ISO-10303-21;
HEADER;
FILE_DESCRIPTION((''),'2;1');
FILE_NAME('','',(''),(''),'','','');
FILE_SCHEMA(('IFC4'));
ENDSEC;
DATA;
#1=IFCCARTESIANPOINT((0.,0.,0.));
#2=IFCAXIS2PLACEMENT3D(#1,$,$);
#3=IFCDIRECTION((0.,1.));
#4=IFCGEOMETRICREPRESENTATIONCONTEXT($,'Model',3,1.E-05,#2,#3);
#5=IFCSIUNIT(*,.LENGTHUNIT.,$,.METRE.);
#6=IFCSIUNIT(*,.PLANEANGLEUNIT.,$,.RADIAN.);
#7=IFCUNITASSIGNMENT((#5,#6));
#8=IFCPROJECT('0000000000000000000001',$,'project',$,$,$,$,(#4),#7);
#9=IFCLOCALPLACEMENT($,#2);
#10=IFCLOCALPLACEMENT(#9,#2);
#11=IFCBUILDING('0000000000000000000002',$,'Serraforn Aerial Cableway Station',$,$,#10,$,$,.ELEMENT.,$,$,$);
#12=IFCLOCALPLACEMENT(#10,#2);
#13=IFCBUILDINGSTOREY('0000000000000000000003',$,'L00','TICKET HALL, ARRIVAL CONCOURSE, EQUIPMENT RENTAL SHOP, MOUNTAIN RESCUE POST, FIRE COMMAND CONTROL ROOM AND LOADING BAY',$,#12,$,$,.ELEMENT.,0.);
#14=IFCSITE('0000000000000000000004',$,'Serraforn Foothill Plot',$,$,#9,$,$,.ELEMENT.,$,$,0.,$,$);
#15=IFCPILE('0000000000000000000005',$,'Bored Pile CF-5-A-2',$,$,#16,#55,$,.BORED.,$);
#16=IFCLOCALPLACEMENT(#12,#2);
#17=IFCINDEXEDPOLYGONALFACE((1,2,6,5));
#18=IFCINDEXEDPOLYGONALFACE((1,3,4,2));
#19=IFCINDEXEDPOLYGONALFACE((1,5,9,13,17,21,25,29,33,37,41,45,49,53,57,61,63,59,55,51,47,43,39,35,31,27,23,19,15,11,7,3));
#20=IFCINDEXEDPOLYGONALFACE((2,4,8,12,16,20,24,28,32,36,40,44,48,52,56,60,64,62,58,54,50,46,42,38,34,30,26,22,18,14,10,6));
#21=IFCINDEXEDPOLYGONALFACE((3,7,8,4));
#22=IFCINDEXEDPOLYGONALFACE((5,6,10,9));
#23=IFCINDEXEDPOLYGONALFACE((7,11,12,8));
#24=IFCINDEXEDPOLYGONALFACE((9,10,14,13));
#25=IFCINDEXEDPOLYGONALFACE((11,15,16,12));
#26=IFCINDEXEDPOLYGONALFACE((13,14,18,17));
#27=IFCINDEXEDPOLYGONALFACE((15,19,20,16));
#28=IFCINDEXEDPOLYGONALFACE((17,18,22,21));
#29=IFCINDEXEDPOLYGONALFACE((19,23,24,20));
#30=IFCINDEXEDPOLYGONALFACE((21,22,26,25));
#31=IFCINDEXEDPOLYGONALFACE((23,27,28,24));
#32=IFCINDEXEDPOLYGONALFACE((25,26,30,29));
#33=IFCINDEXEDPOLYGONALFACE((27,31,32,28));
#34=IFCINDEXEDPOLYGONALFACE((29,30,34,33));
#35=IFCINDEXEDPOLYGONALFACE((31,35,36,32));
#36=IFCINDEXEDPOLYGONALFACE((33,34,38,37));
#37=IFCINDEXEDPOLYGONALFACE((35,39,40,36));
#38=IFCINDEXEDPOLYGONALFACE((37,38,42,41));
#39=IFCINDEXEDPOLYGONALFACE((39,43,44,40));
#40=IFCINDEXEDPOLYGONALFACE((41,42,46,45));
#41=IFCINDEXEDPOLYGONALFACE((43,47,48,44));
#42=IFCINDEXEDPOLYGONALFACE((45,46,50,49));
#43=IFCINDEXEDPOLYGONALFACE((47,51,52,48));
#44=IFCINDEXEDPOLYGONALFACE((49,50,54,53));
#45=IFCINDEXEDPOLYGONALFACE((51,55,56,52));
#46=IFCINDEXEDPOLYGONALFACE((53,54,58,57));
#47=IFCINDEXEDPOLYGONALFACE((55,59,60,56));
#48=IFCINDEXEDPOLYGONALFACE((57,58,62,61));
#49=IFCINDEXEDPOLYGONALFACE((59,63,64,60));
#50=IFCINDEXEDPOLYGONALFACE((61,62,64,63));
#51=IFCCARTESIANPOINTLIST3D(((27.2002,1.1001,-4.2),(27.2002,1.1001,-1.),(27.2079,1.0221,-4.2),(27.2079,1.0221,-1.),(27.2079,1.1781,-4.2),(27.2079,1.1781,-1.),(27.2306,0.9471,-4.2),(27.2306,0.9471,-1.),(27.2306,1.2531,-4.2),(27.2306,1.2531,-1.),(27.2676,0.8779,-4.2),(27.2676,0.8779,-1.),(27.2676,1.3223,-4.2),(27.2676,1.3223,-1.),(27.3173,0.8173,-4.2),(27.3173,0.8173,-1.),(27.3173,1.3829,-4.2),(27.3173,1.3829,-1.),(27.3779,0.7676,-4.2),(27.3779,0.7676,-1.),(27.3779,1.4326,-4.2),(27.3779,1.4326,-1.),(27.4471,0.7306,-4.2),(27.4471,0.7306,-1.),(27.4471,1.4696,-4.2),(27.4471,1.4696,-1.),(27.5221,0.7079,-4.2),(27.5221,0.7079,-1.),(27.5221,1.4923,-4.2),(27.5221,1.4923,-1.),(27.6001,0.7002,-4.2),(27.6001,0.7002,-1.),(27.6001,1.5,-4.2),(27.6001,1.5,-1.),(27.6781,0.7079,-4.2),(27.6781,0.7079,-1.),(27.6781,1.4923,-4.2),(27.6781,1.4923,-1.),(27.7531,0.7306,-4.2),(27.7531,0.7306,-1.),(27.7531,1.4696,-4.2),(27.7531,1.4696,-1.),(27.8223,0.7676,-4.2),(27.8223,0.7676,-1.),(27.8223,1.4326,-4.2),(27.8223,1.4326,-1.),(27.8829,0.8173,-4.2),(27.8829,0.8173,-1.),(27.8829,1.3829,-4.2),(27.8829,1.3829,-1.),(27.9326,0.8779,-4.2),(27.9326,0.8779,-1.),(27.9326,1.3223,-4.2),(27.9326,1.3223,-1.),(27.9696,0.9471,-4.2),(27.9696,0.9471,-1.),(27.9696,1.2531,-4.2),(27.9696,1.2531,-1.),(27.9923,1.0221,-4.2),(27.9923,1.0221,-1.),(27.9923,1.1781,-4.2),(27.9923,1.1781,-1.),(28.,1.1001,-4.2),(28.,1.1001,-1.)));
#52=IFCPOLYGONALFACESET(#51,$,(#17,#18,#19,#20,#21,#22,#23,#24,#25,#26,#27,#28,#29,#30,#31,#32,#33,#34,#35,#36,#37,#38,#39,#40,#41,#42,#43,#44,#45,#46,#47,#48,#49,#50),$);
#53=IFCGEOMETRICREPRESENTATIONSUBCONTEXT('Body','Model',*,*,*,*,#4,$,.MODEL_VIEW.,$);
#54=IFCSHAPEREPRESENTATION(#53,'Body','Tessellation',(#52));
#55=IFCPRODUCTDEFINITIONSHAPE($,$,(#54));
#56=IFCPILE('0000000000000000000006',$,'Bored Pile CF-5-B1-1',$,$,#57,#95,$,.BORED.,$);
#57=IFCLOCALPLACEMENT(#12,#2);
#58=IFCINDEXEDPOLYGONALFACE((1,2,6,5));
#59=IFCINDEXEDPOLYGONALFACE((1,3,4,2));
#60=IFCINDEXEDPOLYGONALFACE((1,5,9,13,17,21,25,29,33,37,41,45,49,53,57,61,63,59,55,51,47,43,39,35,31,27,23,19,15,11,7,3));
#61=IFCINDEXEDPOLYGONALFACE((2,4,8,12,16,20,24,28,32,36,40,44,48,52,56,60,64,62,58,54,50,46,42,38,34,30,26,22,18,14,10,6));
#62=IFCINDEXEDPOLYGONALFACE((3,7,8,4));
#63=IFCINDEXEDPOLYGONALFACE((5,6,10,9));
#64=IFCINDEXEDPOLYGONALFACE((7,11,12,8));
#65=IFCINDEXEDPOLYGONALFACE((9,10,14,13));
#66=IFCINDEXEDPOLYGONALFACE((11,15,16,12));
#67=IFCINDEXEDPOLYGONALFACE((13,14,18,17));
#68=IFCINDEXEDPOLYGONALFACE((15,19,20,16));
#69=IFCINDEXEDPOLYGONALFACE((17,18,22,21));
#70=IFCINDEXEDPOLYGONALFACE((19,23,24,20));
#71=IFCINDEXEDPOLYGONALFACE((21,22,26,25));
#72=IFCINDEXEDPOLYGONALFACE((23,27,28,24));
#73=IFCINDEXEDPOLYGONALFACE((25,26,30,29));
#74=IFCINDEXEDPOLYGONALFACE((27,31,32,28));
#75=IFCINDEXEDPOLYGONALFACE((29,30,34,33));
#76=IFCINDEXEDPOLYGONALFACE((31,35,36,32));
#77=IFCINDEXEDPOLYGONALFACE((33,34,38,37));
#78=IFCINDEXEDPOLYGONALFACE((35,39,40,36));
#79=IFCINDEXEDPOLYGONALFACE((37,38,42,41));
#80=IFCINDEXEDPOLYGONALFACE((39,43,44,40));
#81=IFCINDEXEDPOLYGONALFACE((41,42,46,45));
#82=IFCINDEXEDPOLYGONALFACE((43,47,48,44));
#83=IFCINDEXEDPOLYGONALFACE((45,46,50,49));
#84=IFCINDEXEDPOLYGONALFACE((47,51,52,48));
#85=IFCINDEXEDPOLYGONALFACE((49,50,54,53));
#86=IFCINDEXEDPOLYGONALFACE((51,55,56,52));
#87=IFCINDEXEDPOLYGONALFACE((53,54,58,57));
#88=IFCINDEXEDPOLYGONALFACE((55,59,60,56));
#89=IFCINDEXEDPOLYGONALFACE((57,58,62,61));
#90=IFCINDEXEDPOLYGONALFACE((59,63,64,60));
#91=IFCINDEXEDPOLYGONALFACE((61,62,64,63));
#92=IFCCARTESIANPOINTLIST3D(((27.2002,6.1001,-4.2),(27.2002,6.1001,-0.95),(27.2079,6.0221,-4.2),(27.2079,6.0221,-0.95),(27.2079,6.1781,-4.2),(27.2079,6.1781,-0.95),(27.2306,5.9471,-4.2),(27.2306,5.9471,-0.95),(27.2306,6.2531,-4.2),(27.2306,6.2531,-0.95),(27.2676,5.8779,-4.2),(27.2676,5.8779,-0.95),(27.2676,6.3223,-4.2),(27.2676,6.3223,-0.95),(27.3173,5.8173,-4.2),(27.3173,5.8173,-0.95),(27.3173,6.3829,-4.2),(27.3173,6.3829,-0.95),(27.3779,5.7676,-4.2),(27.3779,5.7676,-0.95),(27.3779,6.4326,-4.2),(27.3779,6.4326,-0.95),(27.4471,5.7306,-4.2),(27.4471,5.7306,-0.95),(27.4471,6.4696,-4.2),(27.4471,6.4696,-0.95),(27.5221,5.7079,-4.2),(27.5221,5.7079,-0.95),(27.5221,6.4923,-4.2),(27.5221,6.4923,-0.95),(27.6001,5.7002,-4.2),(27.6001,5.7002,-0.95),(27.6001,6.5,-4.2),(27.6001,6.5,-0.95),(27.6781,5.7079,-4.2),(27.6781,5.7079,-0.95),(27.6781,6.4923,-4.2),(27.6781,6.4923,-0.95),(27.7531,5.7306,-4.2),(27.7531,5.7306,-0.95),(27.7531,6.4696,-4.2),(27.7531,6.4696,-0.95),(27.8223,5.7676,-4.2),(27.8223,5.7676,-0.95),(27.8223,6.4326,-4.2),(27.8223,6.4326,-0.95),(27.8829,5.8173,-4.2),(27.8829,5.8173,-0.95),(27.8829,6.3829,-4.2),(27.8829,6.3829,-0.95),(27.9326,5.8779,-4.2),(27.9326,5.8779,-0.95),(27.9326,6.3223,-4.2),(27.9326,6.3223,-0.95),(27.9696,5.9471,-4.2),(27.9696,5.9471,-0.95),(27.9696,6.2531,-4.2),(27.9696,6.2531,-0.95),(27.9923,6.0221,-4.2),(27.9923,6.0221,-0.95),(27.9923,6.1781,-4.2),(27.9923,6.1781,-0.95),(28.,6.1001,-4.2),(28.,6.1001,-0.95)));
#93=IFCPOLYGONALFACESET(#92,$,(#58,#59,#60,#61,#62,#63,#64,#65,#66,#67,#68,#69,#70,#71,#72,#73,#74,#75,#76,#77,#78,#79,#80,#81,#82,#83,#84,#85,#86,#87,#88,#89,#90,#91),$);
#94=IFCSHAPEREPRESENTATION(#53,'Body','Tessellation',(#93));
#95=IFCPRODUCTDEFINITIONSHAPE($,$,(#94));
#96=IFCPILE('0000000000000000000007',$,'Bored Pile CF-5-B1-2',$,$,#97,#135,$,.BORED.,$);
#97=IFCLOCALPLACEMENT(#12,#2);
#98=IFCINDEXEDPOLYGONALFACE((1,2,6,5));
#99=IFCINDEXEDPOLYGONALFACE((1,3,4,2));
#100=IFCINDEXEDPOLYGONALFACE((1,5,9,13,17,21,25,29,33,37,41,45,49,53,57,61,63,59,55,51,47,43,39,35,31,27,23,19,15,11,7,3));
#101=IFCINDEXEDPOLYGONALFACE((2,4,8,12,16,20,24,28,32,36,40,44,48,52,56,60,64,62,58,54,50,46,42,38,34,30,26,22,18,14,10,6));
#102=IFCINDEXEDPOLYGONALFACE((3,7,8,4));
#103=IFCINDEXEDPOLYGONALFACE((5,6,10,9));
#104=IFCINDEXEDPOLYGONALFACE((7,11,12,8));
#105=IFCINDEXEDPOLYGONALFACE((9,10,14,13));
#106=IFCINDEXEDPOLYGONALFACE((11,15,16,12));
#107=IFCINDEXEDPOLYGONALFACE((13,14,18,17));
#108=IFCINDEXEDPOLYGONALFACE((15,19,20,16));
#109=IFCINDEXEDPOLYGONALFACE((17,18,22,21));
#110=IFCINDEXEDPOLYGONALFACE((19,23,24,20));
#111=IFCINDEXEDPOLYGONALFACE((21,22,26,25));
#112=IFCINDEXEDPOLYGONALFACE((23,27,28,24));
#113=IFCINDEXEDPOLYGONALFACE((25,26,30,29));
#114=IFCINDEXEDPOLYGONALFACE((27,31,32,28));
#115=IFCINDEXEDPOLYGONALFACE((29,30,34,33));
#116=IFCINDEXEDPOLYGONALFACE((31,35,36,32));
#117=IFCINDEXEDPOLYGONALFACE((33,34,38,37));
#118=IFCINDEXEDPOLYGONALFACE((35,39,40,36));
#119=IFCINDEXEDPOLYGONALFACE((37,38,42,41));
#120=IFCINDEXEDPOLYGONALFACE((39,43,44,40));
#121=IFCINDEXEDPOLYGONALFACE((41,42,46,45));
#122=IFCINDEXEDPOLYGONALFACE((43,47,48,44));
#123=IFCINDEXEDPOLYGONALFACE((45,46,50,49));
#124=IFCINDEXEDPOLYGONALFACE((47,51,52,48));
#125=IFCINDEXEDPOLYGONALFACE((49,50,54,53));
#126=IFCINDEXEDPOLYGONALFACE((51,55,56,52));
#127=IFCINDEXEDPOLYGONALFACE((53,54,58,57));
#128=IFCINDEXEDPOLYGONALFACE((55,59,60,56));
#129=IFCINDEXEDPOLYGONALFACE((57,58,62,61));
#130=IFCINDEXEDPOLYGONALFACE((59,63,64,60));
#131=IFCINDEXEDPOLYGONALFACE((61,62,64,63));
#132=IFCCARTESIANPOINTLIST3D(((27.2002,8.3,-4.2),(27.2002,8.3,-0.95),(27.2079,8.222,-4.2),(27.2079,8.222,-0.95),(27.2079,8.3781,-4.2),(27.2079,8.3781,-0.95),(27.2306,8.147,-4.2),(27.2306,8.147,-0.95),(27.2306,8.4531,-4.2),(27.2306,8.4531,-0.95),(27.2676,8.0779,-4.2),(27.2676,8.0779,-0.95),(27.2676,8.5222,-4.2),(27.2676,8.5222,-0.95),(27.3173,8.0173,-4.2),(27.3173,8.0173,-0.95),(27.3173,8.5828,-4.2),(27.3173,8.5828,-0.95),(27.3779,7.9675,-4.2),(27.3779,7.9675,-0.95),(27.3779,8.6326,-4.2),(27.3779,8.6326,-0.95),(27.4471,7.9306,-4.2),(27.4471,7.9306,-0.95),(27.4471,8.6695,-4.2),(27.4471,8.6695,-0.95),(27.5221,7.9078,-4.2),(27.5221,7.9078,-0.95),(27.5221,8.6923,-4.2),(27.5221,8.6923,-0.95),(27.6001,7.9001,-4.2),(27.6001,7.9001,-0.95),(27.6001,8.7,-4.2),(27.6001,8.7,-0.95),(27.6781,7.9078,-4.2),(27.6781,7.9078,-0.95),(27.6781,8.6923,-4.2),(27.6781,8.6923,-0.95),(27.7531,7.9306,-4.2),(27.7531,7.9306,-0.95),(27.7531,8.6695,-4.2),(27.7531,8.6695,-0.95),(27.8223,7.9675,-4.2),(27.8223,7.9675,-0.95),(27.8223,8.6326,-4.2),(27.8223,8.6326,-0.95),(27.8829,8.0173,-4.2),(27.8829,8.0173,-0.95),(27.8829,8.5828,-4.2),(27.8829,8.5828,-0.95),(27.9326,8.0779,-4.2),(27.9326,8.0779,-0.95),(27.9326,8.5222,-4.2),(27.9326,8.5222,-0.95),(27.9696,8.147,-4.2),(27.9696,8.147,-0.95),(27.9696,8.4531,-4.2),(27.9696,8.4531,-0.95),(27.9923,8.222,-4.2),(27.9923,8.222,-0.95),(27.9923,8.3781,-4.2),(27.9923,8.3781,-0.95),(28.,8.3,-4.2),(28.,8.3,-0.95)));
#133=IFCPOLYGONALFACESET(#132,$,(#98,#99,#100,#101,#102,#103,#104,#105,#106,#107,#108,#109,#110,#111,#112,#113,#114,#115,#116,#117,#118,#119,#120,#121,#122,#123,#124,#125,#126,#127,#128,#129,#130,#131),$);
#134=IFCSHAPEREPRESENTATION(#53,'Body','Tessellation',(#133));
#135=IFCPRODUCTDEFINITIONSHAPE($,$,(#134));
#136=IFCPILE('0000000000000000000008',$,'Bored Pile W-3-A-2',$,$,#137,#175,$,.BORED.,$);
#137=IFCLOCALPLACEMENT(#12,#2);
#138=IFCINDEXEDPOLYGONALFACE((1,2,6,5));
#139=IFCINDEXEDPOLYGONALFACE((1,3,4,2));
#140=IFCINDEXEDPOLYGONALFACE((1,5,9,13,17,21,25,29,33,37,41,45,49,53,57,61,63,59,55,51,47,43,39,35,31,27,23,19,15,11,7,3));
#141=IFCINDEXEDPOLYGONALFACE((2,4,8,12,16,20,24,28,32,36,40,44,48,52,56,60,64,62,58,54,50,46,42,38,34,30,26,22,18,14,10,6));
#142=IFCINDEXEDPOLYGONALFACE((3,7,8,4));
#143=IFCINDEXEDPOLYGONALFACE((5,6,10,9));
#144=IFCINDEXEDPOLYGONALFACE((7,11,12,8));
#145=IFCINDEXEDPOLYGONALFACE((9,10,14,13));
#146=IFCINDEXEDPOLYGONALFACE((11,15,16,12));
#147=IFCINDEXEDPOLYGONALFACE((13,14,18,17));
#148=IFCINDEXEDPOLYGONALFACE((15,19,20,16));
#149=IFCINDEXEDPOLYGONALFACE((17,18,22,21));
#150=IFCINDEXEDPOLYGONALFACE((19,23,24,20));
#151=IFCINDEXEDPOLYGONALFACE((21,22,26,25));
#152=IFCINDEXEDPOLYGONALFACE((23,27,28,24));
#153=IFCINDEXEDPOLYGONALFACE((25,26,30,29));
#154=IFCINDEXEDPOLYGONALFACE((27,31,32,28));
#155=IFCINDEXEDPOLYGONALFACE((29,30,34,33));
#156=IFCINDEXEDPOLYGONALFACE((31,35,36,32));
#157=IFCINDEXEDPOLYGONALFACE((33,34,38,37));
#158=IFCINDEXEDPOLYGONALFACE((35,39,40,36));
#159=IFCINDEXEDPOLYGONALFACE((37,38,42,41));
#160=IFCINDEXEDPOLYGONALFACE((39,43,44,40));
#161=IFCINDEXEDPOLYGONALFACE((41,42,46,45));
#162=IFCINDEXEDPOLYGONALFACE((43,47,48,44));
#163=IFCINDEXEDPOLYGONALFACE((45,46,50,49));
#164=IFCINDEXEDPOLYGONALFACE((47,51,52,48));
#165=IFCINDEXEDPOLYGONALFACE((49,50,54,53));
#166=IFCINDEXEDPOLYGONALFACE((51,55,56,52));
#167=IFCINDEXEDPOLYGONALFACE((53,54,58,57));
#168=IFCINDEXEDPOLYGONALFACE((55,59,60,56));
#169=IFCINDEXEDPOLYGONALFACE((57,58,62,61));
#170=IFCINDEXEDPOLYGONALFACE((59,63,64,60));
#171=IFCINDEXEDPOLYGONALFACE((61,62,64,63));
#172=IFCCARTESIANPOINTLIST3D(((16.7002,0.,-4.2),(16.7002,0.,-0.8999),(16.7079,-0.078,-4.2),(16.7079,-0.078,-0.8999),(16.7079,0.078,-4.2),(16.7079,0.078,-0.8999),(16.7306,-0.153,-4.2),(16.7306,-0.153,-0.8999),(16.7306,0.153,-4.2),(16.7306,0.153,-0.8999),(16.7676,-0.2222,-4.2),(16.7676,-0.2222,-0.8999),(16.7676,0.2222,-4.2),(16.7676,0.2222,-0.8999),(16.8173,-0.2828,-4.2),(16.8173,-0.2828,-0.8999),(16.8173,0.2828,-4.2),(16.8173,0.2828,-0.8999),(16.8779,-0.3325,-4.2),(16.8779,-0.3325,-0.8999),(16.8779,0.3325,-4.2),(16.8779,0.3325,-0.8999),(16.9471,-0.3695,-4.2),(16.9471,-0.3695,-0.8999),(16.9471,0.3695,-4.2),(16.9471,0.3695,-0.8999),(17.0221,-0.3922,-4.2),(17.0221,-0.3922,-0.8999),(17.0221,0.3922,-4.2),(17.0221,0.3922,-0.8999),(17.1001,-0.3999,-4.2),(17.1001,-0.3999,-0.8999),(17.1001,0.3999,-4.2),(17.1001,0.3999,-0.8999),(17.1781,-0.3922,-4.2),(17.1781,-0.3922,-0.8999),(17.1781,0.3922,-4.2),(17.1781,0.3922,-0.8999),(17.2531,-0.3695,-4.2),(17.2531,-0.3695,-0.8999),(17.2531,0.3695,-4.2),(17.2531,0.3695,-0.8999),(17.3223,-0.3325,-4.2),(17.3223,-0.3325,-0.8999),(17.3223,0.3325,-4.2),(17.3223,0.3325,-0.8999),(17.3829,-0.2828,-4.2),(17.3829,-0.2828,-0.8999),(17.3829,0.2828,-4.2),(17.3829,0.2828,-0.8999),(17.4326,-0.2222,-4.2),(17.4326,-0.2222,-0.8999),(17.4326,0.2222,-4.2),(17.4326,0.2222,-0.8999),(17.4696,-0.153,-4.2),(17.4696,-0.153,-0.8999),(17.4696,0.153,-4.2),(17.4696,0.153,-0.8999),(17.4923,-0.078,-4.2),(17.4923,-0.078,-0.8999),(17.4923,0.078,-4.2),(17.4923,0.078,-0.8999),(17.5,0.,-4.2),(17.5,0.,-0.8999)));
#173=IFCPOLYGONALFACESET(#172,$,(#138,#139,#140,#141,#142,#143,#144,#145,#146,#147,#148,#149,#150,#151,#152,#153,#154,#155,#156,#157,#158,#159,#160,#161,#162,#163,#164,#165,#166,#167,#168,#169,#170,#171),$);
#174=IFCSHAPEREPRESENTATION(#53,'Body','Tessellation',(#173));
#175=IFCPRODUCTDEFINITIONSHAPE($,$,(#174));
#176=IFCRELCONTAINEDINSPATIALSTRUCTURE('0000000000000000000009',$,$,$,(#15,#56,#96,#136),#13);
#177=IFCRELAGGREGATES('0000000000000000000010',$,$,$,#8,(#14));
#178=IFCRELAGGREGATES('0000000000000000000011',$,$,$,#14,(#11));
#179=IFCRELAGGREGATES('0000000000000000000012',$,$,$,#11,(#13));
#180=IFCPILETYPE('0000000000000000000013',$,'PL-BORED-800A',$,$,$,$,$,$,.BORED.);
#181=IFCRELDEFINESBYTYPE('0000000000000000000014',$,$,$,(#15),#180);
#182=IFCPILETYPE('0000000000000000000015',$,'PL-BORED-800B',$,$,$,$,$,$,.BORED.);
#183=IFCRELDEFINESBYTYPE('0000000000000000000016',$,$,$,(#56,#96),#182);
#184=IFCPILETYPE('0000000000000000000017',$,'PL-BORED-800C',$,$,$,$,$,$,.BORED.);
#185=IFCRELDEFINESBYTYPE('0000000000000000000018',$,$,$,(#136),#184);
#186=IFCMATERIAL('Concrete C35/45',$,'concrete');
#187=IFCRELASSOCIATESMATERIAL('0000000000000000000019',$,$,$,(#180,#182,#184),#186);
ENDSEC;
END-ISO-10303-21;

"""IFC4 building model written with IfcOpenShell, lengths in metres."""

from ifc_helpers import new_model, si_unit, direction, frame, origin, origin_2d, place, context, subcontext, project, spatial, circle, extrude, material, material_profile, profile_set, type_object, element, save


model = new_model("IFC4")

# Units and contexts
model_context = context("Model", 3, precision=1e-05, world=origin(), true_north=direction((0.0, 1.0)))
body_context = subcontext(model_context, "Body", "Model", "MODEL_VIEW")
ifc_project = project(units=[si_unit("LENGTHUNIT", "METRE"), si_unit("PLANEANGLEUNIT", "RADIAN")], contexts=[model_context])

# Site, building, storey
site_placement = place(None, origin())
site = spatial("IfcSite", under=ifc_project, at=site_placement, Name="Serraforn Foothill Plot", CompositionType="ELEMENT", RefElevation=0.0)
building_placement = place(site_placement, origin())
building = spatial("IfcBuilding", under=site, at=building_placement, Name="Serraforn Aerial Cableway Station", CompositionType="ELEMENT")
storey_placement = place(building_placement, origin())
storey = spatial("IfcBuildingStorey", under=building, at=storey_placement, Name="L00", Description="TICKET HALL, ARRIVAL CONCOURSE, EQUIPMENT RENTAL SHOP, MOUNTAIN RESCUE POST, FIRE COMMAND CONTROL ROOM AND LOADING BAY", CompositionType="ELEMENT", Elevation=0.0)

# Shared definitions
ifc_material_1 = material(Name="Concrete C35/45", Category="concrete")

# Piles
ifc_material_profile_1 = material_profile(ifc_material_1, circle(Radius=0.3999, at=origin_2d()), Name="BORED PILE D800")
ifc_profile_set_1 = profile_set([ifc_material_profile_1], Name="Concrete C35/45")
pile_type_1 = type_object("IfcPileType", Name="PL-BORED-800A", PredefinedType="BORED", material=ifc_profile_set_1)
for number, where, z_axis, x_axis, name in (
    (1, (27.6001, 1.1001, -1.0), (0.0, 0.0, -1.0), (1.0, 0.0, 0.0), "Bored Pile CF-5-A-2"),
):
    element("IfcPile", number, at=place(storey_placement, frame(where, z_axis=z_axis, x_axis=x_axis)), inside=storey, type_object=pile_type_1, Name=name, PredefinedType="BORED", context=body_context, shape_type="SweptSolid", body=[
        extrude(circle(Radius=0.3999, at=origin_2d()), origin(), (0.0, 0.0, 1.0), 3.2),
    ])
ifc_material_profile_2 = material_profile(ifc_material_1, circle(Radius=0.3999, at=origin_2d()), Name="BORED PILE D800")
ifc_profile_set_2 = profile_set([ifc_material_profile_2], Name="Concrete C35/45")
pile_type_2 = type_object("IfcPileType", Name="PL-BORED-800B", PredefinedType="BORED", material=ifc_profile_set_2)
for number, where, z_axis, x_axis, name in (
    (2, (27.6001, 6.1001, -0.95), (0.0, 0.0, -1.0), (1.0, 0.0, 0.0), "Bored Pile CF-5-B1-1"),
    (3, (27.6001, 8.3, -0.95), (0.0, 0.0, -1.0), (1.0, 0.0, 0.0), "Bored Pile CF-5-B1-2"),
):
    element("IfcPile", number, at=place(storey_placement, frame(where, z_axis=z_axis, x_axis=x_axis)), inside=storey, type_object=pile_type_2, Name=name, PredefinedType="BORED", context=body_context, shape_type="SweptSolid", body=[
        extrude(circle(Radius=0.3999, at=origin_2d()), origin(), (0.0, 0.0, 1.0), 3.25),
    ])
ifc_material_profile_3 = material_profile(ifc_material_1, circle(Radius=0.3999, at=origin_2d()), Name="BORED PILE D800")
ifc_profile_set_3 = profile_set([ifc_material_profile_3], Name="Concrete C35/45")
pile_type_3 = type_object("IfcPileType", Name="PL-BORED-800C", PredefinedType="BORED", material=ifc_profile_set_3)
for number, where, z_axis, x_axis, name in (
    (4, (17.1001, 0.0, -0.8999), (0.0, 0.0, -1.0), (1.0, 0.0, 0.0), "Bored Pile W-3-A-2"),
):
    element("IfcPile", number, at=place(storey_placement, frame(where, z_axis=z_axis, x_axis=x_axis)), inside=storey, type_object=pile_type_3, Name=name, PredefinedType="BORED", context=body_context, shape_type="SweptSolid", body=[
        extrude(circle(Radius=0.3999, at=origin_2d()), origin(), (0.0, 0.0, 1.0), 3.3),
    ])

save(model, "model.ifc")
